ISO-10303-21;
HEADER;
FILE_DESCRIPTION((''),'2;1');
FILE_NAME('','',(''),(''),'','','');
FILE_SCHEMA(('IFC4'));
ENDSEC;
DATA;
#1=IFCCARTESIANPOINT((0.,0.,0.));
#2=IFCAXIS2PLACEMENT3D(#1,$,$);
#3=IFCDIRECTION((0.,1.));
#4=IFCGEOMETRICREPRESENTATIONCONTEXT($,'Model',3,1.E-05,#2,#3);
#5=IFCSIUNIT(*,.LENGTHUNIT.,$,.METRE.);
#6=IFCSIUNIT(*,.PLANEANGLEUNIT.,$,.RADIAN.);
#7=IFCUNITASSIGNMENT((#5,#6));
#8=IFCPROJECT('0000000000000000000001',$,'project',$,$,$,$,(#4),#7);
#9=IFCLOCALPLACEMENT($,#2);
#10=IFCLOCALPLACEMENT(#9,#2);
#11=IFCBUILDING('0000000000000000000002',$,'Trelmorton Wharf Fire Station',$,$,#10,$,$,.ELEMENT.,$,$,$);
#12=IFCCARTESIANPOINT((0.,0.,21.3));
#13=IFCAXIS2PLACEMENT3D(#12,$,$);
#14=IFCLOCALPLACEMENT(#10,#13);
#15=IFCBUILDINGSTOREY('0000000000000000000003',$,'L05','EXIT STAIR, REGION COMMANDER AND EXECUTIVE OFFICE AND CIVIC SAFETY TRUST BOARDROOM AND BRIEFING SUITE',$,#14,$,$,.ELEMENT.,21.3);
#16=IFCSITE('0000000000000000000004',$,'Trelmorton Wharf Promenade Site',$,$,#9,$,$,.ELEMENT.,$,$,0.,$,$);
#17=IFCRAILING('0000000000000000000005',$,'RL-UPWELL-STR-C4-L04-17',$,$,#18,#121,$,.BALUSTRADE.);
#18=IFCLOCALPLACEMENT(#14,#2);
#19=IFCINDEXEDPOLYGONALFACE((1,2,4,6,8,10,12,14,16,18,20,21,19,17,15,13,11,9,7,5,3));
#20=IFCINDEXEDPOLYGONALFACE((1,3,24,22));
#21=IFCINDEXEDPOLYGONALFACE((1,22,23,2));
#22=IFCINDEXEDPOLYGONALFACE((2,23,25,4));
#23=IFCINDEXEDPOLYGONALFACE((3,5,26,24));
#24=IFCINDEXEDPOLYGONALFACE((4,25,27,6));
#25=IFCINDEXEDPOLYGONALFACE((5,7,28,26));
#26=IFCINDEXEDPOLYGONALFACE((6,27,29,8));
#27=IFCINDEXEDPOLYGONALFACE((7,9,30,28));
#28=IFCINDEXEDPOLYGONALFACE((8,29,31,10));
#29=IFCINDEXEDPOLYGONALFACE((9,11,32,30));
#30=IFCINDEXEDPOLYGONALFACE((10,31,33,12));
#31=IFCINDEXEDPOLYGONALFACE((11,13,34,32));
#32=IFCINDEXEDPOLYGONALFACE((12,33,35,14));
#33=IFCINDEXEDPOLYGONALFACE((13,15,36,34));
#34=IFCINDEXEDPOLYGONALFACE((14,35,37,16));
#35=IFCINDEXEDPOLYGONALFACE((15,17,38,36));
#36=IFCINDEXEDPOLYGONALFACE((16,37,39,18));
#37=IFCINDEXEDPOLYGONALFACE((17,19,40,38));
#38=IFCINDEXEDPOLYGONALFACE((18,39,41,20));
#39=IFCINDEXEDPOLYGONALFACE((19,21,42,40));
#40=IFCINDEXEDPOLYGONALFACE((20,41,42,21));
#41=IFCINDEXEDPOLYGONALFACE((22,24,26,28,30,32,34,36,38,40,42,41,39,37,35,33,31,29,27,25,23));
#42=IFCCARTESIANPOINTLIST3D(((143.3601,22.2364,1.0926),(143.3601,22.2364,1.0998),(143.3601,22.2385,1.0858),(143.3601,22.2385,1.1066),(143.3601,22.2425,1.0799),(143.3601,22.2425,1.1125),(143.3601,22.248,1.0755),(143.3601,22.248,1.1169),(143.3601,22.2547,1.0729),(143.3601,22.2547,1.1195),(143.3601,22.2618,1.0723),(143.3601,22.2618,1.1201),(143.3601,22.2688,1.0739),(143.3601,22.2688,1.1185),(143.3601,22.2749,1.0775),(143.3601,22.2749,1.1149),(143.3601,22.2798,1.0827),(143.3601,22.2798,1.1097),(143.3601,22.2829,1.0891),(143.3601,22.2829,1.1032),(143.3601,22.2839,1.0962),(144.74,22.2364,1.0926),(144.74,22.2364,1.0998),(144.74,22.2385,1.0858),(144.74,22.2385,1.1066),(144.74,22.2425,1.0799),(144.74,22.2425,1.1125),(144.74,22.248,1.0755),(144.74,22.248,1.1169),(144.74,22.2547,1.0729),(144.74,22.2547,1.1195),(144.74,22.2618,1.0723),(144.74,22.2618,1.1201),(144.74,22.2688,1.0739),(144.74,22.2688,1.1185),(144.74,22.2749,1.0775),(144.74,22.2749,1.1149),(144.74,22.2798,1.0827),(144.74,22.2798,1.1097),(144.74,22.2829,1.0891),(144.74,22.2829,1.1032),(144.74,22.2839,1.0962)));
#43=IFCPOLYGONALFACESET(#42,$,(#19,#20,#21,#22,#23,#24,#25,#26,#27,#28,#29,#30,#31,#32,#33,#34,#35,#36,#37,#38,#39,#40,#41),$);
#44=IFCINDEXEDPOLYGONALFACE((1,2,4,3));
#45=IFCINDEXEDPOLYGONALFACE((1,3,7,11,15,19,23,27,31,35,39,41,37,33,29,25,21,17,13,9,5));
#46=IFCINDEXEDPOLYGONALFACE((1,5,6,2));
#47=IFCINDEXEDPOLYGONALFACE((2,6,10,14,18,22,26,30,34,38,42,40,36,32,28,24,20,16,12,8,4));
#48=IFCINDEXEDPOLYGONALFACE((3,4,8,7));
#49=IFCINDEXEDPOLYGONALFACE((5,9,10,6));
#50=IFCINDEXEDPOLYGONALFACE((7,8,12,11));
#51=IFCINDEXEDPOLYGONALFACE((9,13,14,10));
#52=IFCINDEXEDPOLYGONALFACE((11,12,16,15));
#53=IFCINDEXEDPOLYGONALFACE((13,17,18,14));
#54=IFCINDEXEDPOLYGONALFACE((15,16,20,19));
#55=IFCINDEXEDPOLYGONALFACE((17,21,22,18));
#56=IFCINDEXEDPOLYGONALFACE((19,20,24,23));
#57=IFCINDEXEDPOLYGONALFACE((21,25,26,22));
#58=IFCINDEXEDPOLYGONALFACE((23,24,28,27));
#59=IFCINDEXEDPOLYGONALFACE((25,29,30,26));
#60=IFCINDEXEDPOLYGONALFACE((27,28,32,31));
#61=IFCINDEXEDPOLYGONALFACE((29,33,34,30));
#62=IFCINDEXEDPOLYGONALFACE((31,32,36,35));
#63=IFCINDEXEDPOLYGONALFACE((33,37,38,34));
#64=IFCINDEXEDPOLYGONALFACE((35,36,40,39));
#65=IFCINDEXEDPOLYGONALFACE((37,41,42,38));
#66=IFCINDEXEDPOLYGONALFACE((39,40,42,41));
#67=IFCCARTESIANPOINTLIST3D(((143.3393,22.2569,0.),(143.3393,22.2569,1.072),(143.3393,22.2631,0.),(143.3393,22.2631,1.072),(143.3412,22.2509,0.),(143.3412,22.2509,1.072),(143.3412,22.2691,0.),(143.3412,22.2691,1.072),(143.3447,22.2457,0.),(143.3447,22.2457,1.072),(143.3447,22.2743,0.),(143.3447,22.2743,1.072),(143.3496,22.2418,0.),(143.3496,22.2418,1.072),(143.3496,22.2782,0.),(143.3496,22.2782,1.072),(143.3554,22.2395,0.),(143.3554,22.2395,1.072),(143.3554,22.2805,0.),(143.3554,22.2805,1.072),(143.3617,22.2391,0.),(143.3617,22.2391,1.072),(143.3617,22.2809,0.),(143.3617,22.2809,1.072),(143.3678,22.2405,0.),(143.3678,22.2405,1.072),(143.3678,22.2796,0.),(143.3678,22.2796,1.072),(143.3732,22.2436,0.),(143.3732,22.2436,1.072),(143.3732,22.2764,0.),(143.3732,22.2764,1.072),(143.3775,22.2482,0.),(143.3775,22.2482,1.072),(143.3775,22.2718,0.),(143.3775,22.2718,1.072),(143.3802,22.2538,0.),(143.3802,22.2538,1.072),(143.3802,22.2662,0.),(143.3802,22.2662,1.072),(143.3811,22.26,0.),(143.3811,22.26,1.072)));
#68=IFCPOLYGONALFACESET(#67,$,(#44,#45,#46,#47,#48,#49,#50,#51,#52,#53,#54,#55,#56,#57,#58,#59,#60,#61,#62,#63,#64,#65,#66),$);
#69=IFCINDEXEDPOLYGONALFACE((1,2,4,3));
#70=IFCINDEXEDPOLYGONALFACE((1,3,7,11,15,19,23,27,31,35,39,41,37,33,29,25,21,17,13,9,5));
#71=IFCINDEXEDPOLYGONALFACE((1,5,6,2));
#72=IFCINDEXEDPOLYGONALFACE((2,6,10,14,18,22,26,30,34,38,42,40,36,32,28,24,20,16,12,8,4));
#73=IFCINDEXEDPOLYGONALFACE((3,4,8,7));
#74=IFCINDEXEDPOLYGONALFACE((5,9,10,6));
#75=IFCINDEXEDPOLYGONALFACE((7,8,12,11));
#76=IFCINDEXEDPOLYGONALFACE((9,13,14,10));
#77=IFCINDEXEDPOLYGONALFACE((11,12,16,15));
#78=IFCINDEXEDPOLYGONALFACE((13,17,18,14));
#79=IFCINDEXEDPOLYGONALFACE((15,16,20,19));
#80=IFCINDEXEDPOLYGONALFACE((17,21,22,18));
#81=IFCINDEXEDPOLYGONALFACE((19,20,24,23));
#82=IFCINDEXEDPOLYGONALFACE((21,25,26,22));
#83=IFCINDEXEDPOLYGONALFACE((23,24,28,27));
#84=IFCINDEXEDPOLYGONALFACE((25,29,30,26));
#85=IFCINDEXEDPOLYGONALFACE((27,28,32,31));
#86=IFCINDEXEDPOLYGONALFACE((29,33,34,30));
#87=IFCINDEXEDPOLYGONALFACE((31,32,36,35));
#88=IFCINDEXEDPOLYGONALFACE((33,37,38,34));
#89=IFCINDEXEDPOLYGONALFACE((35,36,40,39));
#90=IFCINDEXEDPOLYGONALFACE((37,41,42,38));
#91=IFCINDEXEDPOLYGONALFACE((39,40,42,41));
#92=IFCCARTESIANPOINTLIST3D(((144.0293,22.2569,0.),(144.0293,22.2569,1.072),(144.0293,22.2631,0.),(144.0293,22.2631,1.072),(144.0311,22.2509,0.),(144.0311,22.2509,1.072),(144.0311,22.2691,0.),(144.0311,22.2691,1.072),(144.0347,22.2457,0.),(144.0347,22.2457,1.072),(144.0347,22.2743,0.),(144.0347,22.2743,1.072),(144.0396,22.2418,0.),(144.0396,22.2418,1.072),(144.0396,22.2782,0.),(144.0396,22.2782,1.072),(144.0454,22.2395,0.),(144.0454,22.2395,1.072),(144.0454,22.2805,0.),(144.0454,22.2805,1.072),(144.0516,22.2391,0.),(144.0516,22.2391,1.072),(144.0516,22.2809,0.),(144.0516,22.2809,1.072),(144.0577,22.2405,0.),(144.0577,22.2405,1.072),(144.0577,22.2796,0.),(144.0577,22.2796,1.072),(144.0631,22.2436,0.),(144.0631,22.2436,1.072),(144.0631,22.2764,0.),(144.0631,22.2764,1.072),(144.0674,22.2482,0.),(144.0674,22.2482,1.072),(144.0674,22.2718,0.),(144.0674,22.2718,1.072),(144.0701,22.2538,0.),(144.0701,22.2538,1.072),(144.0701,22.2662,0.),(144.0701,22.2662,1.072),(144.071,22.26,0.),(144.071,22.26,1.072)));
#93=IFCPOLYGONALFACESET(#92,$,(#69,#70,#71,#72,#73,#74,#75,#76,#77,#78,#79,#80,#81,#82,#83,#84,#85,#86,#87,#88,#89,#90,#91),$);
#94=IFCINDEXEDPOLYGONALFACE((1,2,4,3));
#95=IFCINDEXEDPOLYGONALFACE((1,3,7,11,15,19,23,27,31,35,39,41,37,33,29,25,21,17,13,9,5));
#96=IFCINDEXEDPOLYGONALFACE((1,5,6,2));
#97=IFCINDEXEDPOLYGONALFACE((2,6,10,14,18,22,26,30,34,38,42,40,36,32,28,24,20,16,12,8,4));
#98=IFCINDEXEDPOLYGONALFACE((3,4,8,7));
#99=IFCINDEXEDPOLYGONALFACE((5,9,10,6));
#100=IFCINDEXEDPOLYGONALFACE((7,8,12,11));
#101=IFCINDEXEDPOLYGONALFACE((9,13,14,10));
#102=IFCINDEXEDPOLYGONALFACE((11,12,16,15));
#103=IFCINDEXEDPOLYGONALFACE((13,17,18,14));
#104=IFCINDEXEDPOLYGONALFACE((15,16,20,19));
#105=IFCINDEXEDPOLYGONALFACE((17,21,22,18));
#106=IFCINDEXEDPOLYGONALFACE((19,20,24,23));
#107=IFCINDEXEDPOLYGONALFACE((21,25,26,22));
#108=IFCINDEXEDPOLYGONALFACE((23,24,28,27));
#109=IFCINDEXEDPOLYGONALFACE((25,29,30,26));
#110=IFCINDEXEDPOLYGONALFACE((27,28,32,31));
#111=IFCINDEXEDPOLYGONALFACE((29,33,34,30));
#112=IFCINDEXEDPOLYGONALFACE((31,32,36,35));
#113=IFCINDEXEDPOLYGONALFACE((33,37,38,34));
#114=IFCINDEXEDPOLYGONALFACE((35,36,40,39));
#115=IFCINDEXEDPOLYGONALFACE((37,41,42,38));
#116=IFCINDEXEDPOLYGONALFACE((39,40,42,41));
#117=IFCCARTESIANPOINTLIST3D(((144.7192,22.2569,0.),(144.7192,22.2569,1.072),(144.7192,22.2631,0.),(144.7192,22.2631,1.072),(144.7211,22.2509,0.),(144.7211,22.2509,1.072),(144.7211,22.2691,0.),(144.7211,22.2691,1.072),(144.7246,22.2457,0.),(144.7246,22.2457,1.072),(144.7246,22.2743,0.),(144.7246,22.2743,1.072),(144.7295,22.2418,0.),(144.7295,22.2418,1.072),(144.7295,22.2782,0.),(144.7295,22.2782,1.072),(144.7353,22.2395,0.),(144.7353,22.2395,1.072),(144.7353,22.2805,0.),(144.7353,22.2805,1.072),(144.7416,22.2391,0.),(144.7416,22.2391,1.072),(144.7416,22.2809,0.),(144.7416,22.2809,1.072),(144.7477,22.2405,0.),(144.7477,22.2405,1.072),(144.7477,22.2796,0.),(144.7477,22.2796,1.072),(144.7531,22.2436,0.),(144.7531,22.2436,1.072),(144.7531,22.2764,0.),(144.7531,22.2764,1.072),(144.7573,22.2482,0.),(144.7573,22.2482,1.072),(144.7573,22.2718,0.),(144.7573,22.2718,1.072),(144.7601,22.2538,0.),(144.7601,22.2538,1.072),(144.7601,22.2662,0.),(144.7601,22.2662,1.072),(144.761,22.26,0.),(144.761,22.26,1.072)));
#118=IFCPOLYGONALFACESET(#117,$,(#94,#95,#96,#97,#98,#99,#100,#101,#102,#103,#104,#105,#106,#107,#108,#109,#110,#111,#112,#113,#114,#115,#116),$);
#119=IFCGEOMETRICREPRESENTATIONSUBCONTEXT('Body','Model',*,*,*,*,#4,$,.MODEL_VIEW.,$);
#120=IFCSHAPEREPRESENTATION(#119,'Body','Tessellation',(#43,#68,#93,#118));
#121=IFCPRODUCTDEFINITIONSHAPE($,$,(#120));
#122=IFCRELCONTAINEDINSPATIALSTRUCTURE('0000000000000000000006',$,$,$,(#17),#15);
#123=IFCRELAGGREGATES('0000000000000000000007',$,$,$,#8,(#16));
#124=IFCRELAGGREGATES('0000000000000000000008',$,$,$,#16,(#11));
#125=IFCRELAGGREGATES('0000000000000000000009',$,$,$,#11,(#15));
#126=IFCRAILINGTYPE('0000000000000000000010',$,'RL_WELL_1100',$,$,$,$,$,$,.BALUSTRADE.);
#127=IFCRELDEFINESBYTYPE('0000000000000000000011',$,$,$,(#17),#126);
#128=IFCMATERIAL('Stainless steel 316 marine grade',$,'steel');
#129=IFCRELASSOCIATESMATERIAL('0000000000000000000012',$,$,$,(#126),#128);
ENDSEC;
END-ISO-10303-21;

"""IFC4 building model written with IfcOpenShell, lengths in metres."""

from ifc_helpers import new_model, si_unit, direction, frame, origin, origin_2d, place, context, subcontext, project, spatial, circle, extrude, material, type_object, element, save


model = new_model("IFC4")

# Units and contexts
model_context = context("Model", 3, precision=1e-05, world=origin(), true_north=direction((0.0, 1.0)))
body_context = subcontext(model_context, "Body", "Model", "MODEL_VIEW")
ifc_project = project(units=[si_unit("LENGTHUNIT", "METRE"), si_unit("PLANEANGLEUNIT", "RADIAN")], contexts=[model_context])

# Site, building, storey
site_placement = place(None, origin())
site = spatial("IfcSite", under=ifc_project, at=site_placement, Name="Trelmorton Wharf Promenade Site", CompositionType="ELEMENT", RefElevation=0.0)
building_placement = place(site_placement, origin())
building = spatial("IfcBuilding", under=site, at=building_placement, Name="Trelmorton Wharf Fire Station", CompositionType="ELEMENT")
storey_placement = place(building_placement, frame((0.0, 0.0, 21.3)))
storey = spatial("IfcBuildingStorey", under=building, at=storey_placement, Name="L05", Description="EXIT STAIR, REGION COMMANDER AND EXECUTIVE OFFICE AND CIVIC SAFETY TRUST BOARDROOM AND BRIEFING SUITE", CompositionType="ELEMENT", Elevation=21.3)

# Shared definitions
ifc_material_1 = material(Name="Stainless steel 316 marine grade", Category="steel")

# Railing
railing_type = type_object("IfcRailingType", Name="RL_WELL_1100", PredefinedType="BALUSTRADE", material=ifc_material_1)
railing_placement = place(storey_placement, frame((143.3601, 22.26, 0.0)))
element("IfcRailing", 1, at=railing_placement, inside=storey, type_object=railing_type, Name="RL-UPWELL-STR-C4-L04-17", PredefinedType="BALUSTRADE", context=body_context, shape_type="SweptSolid", body=[
    extrude(circle(Radius=0.0239, at=origin_2d()), frame((0.0, 0.0, 1.0962), z_axis=(1.0, 0.0, 0.0), x_axis=(0.0, 1.0, 0.0)), (0.0, 0.0, 1.0), 1.3799),
    extrude(circle(Radius=0.021, at=origin_2d()), origin(), (0.0, 0.0, 1.0), 1.072),
    extrude(circle(Radius=0.021, at=origin_2d()), frame((0.6899, 0.0, 0.0)), (0.0, 0.0, 1.0), 1.072),
    extrude(circle(Radius=0.021, at=origin_2d()), frame((1.3799, 0.0, 0.0)), (0.0, 0.0, 1.0), 1.072),
])

save(model, "model.ifc")
